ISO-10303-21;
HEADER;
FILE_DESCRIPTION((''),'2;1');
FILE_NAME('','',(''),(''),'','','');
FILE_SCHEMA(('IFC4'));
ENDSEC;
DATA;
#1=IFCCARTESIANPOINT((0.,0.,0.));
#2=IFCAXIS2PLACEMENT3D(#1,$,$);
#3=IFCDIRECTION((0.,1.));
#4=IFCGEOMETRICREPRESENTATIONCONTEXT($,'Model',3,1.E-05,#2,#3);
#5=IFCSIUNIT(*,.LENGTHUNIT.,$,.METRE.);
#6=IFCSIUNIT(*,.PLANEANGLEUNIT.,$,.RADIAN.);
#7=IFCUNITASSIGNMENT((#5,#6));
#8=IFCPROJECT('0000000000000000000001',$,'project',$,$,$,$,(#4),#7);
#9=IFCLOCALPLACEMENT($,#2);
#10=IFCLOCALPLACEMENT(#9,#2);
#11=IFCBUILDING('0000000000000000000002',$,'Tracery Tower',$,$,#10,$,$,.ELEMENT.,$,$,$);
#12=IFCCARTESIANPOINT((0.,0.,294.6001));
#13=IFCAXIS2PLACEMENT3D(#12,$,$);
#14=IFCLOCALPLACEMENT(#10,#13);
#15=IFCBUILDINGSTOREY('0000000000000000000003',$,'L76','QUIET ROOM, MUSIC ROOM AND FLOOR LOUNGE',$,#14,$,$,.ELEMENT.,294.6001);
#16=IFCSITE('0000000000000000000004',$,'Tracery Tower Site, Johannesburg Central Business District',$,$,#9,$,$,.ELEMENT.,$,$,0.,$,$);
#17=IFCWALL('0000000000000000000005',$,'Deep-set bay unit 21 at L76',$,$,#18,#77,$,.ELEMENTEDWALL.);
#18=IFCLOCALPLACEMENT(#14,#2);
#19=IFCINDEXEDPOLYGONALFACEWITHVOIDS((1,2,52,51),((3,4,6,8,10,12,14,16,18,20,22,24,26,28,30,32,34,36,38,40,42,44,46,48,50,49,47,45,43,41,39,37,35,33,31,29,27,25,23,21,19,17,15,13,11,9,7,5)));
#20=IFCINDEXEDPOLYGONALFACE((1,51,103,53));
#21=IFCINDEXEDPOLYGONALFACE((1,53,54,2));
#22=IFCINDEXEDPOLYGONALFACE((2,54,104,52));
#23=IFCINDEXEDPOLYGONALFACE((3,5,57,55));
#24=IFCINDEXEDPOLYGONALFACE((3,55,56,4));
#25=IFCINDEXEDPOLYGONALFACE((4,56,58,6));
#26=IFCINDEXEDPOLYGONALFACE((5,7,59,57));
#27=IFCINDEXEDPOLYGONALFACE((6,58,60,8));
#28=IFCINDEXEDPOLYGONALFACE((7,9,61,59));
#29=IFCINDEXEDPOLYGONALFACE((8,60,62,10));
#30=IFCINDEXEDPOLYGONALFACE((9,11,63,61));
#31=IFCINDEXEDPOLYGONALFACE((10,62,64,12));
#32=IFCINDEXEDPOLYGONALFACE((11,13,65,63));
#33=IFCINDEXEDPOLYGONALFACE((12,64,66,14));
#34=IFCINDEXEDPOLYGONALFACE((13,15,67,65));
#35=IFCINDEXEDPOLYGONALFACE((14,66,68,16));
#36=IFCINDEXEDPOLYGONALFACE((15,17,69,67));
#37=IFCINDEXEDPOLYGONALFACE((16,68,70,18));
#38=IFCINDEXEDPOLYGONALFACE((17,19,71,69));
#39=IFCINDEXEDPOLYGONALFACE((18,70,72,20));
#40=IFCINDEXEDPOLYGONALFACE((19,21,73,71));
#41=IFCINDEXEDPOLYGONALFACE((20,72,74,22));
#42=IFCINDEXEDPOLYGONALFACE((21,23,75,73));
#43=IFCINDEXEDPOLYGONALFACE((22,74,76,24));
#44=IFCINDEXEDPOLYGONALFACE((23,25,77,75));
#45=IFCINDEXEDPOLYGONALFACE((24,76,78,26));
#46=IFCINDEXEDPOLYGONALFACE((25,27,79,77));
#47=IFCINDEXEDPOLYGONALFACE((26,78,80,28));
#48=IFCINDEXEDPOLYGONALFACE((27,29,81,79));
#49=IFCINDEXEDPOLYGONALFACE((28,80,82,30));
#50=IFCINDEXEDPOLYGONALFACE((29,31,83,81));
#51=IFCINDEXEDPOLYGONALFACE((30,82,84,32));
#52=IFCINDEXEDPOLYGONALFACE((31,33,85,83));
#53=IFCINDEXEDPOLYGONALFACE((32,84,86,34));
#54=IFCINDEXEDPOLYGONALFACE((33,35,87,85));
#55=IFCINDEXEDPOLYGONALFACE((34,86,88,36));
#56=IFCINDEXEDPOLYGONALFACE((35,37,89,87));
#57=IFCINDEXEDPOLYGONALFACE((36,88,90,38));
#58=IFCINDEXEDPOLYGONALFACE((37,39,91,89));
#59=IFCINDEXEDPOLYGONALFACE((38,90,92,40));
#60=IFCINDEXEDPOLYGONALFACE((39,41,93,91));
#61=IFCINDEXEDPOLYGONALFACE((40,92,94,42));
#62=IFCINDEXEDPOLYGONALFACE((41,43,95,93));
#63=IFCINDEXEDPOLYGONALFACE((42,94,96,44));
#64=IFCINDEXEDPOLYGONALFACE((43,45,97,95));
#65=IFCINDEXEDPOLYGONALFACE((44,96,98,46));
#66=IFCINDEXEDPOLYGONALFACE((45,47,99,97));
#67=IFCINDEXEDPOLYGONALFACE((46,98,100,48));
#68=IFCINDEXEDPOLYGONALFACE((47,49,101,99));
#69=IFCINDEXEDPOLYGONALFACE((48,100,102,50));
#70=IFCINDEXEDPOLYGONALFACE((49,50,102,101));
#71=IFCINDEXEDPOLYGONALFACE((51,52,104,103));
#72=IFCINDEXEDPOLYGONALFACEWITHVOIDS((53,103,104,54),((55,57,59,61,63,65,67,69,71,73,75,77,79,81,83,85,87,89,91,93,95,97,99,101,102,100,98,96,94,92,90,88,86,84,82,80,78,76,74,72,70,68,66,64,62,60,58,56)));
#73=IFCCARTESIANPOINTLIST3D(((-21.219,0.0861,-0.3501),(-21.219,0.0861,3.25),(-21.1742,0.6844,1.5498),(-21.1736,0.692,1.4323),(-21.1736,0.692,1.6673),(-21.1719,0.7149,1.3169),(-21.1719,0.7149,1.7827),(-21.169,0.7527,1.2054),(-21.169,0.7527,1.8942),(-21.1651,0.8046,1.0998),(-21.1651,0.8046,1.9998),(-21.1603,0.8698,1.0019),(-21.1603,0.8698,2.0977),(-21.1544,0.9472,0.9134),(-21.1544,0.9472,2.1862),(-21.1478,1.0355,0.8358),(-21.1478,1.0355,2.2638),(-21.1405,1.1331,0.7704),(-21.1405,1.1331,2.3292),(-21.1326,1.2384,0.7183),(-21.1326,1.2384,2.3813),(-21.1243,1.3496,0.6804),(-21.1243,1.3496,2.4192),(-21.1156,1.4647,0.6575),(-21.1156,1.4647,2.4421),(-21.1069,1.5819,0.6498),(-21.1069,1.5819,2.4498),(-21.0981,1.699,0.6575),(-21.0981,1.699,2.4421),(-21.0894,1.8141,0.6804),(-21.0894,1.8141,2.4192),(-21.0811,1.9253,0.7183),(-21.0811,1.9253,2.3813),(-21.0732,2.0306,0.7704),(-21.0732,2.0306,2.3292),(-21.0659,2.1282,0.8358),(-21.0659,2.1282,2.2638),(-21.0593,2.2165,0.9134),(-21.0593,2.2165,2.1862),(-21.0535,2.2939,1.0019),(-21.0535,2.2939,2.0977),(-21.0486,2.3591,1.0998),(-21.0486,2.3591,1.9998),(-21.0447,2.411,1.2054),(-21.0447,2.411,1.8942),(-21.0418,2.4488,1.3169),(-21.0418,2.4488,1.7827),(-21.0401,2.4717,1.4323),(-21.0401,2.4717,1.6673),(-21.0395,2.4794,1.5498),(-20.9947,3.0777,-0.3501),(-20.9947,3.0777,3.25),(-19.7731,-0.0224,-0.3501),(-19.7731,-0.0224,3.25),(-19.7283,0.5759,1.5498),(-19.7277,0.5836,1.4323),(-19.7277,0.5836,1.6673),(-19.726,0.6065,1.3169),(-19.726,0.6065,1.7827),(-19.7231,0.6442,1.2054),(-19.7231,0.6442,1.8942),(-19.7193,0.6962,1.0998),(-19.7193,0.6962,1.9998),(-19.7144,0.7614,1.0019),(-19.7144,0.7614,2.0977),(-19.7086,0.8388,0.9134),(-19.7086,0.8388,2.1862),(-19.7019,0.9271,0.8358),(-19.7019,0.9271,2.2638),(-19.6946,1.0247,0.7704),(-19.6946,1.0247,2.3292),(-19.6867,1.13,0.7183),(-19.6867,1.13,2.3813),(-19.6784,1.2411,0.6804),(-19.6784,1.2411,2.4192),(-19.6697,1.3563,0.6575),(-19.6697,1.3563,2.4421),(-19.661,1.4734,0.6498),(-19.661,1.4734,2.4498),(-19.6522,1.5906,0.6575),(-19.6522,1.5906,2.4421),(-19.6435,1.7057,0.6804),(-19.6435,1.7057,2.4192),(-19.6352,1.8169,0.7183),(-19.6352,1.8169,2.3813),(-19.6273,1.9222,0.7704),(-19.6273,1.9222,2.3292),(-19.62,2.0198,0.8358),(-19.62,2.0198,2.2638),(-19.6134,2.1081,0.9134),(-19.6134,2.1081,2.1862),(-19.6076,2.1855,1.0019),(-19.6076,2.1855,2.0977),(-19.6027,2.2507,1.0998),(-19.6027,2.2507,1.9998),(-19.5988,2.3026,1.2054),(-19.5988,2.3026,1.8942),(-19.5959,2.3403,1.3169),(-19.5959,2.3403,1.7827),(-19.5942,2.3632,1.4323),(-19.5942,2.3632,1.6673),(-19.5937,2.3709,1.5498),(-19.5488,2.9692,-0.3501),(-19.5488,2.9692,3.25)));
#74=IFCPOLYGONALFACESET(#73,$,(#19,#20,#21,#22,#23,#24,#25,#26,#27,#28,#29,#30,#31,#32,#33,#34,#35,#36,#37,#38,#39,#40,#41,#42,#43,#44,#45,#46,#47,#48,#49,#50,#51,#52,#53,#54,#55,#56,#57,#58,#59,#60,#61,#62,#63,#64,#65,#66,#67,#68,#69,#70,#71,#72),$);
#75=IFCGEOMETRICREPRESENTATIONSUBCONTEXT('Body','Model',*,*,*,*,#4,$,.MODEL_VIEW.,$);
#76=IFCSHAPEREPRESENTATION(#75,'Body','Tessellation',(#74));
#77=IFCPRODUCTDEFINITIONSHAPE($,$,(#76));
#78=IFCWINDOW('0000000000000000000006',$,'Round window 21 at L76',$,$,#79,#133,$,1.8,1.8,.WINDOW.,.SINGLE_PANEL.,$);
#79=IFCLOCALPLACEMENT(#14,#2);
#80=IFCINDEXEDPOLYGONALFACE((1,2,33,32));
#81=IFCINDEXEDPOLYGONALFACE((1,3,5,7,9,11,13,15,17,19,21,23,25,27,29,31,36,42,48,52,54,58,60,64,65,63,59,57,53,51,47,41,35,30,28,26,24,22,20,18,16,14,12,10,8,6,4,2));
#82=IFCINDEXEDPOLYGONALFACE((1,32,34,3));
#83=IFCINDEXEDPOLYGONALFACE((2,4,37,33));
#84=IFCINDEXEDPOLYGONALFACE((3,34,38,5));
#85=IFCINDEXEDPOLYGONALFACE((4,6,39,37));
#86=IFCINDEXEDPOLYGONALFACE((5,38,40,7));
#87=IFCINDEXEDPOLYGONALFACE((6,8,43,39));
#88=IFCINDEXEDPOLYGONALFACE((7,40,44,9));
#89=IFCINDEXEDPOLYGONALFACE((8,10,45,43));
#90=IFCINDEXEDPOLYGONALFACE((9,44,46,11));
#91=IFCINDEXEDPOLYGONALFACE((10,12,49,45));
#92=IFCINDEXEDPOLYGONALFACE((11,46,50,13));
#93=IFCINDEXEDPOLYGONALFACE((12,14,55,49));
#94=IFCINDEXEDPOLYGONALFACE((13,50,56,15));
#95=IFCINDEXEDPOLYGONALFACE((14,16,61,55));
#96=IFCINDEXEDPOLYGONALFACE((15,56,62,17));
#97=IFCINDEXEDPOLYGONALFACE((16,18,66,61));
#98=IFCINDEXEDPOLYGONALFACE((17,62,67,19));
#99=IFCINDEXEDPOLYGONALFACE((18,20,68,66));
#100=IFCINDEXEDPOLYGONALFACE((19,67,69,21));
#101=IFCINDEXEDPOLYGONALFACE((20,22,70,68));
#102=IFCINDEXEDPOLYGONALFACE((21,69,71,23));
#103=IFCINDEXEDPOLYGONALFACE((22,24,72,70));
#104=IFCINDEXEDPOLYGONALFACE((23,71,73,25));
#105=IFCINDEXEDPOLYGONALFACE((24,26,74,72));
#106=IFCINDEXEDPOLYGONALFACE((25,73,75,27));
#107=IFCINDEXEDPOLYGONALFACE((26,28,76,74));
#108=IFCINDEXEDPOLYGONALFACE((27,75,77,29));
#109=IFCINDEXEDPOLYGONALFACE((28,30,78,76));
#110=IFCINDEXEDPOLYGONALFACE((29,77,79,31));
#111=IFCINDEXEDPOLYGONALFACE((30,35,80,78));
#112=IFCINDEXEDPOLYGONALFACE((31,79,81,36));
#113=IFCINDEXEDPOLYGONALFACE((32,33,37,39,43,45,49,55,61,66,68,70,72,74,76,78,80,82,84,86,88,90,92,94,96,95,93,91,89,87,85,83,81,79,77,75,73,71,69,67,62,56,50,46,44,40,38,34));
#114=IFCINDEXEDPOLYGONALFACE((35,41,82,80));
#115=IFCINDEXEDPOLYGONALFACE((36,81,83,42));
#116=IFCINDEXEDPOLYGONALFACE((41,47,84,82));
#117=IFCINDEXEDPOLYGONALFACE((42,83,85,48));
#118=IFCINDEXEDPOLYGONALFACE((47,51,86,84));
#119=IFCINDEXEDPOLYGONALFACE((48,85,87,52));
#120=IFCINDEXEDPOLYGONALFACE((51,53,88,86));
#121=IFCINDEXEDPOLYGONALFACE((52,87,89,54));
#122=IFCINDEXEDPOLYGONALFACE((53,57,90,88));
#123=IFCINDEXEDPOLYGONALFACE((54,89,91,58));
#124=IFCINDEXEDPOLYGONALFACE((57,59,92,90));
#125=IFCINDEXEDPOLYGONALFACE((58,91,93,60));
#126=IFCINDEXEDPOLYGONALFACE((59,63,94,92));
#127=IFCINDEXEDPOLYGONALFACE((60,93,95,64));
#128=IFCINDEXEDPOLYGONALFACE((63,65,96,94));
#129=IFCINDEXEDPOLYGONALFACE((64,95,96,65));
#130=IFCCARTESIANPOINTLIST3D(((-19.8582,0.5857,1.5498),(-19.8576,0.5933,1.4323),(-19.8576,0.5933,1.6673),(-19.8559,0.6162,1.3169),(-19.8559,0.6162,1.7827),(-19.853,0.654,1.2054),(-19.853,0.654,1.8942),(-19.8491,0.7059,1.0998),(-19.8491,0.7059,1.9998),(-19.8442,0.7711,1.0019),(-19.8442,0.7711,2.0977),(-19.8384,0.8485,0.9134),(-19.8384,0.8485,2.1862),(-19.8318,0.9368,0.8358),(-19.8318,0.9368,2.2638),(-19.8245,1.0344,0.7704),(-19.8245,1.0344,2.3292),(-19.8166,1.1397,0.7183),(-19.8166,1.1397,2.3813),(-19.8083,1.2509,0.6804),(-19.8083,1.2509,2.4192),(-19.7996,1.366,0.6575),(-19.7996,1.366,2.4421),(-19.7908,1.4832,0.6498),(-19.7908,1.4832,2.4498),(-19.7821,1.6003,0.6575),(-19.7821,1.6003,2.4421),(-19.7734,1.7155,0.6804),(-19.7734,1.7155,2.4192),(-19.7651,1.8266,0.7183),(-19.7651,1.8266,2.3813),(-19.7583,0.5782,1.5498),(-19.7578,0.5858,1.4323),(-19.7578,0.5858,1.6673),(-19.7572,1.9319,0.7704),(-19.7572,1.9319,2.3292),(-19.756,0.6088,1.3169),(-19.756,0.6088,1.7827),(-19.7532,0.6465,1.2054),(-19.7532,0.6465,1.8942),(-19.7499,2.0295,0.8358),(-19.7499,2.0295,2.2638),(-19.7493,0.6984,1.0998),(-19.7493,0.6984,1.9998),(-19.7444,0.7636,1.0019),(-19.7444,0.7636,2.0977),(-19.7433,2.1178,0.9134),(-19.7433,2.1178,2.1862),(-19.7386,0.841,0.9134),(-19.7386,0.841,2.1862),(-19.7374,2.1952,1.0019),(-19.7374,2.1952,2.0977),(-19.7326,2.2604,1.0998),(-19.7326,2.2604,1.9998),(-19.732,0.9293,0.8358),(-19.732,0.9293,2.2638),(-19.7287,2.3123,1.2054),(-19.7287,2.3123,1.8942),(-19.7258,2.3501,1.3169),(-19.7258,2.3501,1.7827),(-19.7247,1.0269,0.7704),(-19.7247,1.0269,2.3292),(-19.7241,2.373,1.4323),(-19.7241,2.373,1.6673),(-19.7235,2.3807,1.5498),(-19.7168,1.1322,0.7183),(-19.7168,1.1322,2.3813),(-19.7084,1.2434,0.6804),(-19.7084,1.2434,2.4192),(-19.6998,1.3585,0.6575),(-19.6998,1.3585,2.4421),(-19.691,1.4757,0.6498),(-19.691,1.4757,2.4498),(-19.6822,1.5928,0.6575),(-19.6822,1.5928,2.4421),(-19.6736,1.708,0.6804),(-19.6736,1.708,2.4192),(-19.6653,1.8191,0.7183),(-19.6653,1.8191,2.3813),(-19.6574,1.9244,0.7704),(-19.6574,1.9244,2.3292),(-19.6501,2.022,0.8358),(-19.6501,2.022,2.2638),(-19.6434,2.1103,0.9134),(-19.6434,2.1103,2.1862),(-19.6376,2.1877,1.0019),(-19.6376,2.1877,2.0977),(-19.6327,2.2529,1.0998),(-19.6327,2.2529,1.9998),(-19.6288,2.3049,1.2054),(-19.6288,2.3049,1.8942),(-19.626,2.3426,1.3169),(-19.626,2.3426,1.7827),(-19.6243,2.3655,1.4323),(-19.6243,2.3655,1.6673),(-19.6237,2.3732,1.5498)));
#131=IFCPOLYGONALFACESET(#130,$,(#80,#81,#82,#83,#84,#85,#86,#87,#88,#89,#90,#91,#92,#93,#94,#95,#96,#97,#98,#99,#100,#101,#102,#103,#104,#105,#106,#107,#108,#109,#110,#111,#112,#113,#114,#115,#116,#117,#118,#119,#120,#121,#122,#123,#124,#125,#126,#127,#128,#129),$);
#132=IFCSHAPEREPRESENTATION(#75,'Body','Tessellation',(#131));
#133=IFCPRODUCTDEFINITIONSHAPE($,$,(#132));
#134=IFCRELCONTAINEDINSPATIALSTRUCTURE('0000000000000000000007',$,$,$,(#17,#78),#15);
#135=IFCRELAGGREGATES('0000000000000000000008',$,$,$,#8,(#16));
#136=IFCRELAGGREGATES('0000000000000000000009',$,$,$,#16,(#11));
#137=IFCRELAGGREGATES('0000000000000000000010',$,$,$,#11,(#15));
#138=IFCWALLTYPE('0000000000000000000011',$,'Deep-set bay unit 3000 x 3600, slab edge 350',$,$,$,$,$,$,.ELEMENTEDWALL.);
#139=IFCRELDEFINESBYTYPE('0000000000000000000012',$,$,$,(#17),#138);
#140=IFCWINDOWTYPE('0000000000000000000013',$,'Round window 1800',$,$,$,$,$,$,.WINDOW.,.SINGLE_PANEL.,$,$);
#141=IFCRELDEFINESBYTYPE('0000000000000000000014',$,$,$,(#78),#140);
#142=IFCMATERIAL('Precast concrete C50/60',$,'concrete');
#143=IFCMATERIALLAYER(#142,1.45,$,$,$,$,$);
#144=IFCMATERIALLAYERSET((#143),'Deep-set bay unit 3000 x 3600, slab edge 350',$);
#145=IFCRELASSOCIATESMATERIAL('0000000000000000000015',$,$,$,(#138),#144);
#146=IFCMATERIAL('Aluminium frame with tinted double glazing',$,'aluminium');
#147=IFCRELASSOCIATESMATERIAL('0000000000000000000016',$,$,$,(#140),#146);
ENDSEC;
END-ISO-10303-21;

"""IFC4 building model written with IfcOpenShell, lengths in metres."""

from ifc_helpers import new_model, si_unit, direction, frame, frame_2d, origin, origin_2d, place, context, subcontext, project, spatial, rectangle, circle, extrude, material, layer, layer_set, type_object, element, fill, save


model = new_model("IFC4")

# Units and contexts
model_context = context("Model", 3, precision=1e-05, world=origin(), true_north=direction((0.0, 1.0)))
body_context = subcontext(model_context, "Body", "Model", "MODEL_VIEW")
ifc_project = project(units=[si_unit("LENGTHUNIT", "METRE"), si_unit("PLANEANGLEUNIT", "RADIAN")], contexts=[model_context])

# Site, building, storey
site_placement = place(None, origin())
site = spatial("IfcSite", under=ifc_project, at=site_placement, Name="Tracery Tower Site, Johannesburg Central Business District", CompositionType="ELEMENT", RefElevation=0.0)
building_placement = place(site_placement, origin())
building = spatial("IfcBuilding", under=site, at=building_placement, Name="Tracery Tower", CompositionType="ELEMENT")
storey_placement = place(building_placement, frame((0.0, 0.0, 294.6001)))
storey = spatial("IfcBuildingStorey", under=building, at=storey_placement, Name="L76", Description="QUIET ROOM, MUSIC ROOM AND FLOOR LOUNGE", CompositionType="ELEMENT", Elevation=294.6001)

# Wall, opening, window
ifc_material_1 = material(Name="Precast concrete C50/60", Category="concrete")
ifc_layer_1 = layer(ifc_material_1, 1.45)
ifc_layer_set_1 = layer_set([ifc_layer_1], Name="Deep-set bay unit 3000 x 3600, slab edge 350")
wall_type_1 = type_object("IfcWallType", Name="Deep-set bay unit 3000 x 3600, slab edge 350", PredefinedType="ELEMENTEDWALL", material=ifc_layer_set_1)
wall_1_placement = place(storey_placement, frame((-20.2717, 3.0234, -0.3501), z_axis=(0.0, 0.0, 1.0), x_axis=(-0.074786, -0.9972, 0.0)))
wall_1 = element("IfcWall", 1, at=wall_1_placement, inside=storey, type_object=wall_type_1, Name="Deep-set bay unit 21 at L76", PredefinedType="ELEMENTEDWALL", context=body_context, shape_type="SweptSolid", body=[
    extrude(rectangle(XDim=3.0, YDim=1.45, at=frame_2d((1.5, 0.0))), origin(), (0.0, 0.0, 1.0), 3.6001),
])
opening_1_placement = place(wall_1_placement, frame((1.5, 0.0, 1.8999)))
opening_1 = element("IfcOpeningElement", 2, at=opening_1_placement, cuts=wall_1, PredefinedType="OPENING", context=body_context, shape_type="SweptSolid", body=[
    extrude(circle(Radius=0.9, at=origin_2d()), frame((0.0, 0.7349, 0.0), z_axis=(0.0, -1.0, 0.0), x_axis=(1.0, 0.0, 0.0)), (0.0, 0.0, 1.0), 1.47),
])
ifc_material_2 = material(Name="Aluminium frame with tinted double glazing", Category="aluminium")
window_type = type_object("IfcWindowType", Name="Round window 1800", PartitioningType="SINGLE_PANEL", PredefinedType="WINDOW", material=ifc_material_2)
window_1_placement = place(opening_1_placement, origin())
window_1 = element("IfcWindow", 3, at=window_1_placement, inside=storey, type_object=window_type, Name="Round window 21 at L76", OverallHeight=1.8, OverallWidth=1.8, PartitioningType="SINGLE_PANEL", PredefinedType="WINDOW", context=body_context, shape_type="SweptSolid", body=[
    extrude(circle(Radius=0.9, at=origin_2d()), frame((0.0, 0.6948, 0.0), z_axis=(0.0, -1.0, 0.0), x_axis=(1.0, 0.0, 0.0)), (0.0, 0.0, 1.0), 0.1001),
])
fill(opening_1, window_1)

save(model, "model.ifc")
